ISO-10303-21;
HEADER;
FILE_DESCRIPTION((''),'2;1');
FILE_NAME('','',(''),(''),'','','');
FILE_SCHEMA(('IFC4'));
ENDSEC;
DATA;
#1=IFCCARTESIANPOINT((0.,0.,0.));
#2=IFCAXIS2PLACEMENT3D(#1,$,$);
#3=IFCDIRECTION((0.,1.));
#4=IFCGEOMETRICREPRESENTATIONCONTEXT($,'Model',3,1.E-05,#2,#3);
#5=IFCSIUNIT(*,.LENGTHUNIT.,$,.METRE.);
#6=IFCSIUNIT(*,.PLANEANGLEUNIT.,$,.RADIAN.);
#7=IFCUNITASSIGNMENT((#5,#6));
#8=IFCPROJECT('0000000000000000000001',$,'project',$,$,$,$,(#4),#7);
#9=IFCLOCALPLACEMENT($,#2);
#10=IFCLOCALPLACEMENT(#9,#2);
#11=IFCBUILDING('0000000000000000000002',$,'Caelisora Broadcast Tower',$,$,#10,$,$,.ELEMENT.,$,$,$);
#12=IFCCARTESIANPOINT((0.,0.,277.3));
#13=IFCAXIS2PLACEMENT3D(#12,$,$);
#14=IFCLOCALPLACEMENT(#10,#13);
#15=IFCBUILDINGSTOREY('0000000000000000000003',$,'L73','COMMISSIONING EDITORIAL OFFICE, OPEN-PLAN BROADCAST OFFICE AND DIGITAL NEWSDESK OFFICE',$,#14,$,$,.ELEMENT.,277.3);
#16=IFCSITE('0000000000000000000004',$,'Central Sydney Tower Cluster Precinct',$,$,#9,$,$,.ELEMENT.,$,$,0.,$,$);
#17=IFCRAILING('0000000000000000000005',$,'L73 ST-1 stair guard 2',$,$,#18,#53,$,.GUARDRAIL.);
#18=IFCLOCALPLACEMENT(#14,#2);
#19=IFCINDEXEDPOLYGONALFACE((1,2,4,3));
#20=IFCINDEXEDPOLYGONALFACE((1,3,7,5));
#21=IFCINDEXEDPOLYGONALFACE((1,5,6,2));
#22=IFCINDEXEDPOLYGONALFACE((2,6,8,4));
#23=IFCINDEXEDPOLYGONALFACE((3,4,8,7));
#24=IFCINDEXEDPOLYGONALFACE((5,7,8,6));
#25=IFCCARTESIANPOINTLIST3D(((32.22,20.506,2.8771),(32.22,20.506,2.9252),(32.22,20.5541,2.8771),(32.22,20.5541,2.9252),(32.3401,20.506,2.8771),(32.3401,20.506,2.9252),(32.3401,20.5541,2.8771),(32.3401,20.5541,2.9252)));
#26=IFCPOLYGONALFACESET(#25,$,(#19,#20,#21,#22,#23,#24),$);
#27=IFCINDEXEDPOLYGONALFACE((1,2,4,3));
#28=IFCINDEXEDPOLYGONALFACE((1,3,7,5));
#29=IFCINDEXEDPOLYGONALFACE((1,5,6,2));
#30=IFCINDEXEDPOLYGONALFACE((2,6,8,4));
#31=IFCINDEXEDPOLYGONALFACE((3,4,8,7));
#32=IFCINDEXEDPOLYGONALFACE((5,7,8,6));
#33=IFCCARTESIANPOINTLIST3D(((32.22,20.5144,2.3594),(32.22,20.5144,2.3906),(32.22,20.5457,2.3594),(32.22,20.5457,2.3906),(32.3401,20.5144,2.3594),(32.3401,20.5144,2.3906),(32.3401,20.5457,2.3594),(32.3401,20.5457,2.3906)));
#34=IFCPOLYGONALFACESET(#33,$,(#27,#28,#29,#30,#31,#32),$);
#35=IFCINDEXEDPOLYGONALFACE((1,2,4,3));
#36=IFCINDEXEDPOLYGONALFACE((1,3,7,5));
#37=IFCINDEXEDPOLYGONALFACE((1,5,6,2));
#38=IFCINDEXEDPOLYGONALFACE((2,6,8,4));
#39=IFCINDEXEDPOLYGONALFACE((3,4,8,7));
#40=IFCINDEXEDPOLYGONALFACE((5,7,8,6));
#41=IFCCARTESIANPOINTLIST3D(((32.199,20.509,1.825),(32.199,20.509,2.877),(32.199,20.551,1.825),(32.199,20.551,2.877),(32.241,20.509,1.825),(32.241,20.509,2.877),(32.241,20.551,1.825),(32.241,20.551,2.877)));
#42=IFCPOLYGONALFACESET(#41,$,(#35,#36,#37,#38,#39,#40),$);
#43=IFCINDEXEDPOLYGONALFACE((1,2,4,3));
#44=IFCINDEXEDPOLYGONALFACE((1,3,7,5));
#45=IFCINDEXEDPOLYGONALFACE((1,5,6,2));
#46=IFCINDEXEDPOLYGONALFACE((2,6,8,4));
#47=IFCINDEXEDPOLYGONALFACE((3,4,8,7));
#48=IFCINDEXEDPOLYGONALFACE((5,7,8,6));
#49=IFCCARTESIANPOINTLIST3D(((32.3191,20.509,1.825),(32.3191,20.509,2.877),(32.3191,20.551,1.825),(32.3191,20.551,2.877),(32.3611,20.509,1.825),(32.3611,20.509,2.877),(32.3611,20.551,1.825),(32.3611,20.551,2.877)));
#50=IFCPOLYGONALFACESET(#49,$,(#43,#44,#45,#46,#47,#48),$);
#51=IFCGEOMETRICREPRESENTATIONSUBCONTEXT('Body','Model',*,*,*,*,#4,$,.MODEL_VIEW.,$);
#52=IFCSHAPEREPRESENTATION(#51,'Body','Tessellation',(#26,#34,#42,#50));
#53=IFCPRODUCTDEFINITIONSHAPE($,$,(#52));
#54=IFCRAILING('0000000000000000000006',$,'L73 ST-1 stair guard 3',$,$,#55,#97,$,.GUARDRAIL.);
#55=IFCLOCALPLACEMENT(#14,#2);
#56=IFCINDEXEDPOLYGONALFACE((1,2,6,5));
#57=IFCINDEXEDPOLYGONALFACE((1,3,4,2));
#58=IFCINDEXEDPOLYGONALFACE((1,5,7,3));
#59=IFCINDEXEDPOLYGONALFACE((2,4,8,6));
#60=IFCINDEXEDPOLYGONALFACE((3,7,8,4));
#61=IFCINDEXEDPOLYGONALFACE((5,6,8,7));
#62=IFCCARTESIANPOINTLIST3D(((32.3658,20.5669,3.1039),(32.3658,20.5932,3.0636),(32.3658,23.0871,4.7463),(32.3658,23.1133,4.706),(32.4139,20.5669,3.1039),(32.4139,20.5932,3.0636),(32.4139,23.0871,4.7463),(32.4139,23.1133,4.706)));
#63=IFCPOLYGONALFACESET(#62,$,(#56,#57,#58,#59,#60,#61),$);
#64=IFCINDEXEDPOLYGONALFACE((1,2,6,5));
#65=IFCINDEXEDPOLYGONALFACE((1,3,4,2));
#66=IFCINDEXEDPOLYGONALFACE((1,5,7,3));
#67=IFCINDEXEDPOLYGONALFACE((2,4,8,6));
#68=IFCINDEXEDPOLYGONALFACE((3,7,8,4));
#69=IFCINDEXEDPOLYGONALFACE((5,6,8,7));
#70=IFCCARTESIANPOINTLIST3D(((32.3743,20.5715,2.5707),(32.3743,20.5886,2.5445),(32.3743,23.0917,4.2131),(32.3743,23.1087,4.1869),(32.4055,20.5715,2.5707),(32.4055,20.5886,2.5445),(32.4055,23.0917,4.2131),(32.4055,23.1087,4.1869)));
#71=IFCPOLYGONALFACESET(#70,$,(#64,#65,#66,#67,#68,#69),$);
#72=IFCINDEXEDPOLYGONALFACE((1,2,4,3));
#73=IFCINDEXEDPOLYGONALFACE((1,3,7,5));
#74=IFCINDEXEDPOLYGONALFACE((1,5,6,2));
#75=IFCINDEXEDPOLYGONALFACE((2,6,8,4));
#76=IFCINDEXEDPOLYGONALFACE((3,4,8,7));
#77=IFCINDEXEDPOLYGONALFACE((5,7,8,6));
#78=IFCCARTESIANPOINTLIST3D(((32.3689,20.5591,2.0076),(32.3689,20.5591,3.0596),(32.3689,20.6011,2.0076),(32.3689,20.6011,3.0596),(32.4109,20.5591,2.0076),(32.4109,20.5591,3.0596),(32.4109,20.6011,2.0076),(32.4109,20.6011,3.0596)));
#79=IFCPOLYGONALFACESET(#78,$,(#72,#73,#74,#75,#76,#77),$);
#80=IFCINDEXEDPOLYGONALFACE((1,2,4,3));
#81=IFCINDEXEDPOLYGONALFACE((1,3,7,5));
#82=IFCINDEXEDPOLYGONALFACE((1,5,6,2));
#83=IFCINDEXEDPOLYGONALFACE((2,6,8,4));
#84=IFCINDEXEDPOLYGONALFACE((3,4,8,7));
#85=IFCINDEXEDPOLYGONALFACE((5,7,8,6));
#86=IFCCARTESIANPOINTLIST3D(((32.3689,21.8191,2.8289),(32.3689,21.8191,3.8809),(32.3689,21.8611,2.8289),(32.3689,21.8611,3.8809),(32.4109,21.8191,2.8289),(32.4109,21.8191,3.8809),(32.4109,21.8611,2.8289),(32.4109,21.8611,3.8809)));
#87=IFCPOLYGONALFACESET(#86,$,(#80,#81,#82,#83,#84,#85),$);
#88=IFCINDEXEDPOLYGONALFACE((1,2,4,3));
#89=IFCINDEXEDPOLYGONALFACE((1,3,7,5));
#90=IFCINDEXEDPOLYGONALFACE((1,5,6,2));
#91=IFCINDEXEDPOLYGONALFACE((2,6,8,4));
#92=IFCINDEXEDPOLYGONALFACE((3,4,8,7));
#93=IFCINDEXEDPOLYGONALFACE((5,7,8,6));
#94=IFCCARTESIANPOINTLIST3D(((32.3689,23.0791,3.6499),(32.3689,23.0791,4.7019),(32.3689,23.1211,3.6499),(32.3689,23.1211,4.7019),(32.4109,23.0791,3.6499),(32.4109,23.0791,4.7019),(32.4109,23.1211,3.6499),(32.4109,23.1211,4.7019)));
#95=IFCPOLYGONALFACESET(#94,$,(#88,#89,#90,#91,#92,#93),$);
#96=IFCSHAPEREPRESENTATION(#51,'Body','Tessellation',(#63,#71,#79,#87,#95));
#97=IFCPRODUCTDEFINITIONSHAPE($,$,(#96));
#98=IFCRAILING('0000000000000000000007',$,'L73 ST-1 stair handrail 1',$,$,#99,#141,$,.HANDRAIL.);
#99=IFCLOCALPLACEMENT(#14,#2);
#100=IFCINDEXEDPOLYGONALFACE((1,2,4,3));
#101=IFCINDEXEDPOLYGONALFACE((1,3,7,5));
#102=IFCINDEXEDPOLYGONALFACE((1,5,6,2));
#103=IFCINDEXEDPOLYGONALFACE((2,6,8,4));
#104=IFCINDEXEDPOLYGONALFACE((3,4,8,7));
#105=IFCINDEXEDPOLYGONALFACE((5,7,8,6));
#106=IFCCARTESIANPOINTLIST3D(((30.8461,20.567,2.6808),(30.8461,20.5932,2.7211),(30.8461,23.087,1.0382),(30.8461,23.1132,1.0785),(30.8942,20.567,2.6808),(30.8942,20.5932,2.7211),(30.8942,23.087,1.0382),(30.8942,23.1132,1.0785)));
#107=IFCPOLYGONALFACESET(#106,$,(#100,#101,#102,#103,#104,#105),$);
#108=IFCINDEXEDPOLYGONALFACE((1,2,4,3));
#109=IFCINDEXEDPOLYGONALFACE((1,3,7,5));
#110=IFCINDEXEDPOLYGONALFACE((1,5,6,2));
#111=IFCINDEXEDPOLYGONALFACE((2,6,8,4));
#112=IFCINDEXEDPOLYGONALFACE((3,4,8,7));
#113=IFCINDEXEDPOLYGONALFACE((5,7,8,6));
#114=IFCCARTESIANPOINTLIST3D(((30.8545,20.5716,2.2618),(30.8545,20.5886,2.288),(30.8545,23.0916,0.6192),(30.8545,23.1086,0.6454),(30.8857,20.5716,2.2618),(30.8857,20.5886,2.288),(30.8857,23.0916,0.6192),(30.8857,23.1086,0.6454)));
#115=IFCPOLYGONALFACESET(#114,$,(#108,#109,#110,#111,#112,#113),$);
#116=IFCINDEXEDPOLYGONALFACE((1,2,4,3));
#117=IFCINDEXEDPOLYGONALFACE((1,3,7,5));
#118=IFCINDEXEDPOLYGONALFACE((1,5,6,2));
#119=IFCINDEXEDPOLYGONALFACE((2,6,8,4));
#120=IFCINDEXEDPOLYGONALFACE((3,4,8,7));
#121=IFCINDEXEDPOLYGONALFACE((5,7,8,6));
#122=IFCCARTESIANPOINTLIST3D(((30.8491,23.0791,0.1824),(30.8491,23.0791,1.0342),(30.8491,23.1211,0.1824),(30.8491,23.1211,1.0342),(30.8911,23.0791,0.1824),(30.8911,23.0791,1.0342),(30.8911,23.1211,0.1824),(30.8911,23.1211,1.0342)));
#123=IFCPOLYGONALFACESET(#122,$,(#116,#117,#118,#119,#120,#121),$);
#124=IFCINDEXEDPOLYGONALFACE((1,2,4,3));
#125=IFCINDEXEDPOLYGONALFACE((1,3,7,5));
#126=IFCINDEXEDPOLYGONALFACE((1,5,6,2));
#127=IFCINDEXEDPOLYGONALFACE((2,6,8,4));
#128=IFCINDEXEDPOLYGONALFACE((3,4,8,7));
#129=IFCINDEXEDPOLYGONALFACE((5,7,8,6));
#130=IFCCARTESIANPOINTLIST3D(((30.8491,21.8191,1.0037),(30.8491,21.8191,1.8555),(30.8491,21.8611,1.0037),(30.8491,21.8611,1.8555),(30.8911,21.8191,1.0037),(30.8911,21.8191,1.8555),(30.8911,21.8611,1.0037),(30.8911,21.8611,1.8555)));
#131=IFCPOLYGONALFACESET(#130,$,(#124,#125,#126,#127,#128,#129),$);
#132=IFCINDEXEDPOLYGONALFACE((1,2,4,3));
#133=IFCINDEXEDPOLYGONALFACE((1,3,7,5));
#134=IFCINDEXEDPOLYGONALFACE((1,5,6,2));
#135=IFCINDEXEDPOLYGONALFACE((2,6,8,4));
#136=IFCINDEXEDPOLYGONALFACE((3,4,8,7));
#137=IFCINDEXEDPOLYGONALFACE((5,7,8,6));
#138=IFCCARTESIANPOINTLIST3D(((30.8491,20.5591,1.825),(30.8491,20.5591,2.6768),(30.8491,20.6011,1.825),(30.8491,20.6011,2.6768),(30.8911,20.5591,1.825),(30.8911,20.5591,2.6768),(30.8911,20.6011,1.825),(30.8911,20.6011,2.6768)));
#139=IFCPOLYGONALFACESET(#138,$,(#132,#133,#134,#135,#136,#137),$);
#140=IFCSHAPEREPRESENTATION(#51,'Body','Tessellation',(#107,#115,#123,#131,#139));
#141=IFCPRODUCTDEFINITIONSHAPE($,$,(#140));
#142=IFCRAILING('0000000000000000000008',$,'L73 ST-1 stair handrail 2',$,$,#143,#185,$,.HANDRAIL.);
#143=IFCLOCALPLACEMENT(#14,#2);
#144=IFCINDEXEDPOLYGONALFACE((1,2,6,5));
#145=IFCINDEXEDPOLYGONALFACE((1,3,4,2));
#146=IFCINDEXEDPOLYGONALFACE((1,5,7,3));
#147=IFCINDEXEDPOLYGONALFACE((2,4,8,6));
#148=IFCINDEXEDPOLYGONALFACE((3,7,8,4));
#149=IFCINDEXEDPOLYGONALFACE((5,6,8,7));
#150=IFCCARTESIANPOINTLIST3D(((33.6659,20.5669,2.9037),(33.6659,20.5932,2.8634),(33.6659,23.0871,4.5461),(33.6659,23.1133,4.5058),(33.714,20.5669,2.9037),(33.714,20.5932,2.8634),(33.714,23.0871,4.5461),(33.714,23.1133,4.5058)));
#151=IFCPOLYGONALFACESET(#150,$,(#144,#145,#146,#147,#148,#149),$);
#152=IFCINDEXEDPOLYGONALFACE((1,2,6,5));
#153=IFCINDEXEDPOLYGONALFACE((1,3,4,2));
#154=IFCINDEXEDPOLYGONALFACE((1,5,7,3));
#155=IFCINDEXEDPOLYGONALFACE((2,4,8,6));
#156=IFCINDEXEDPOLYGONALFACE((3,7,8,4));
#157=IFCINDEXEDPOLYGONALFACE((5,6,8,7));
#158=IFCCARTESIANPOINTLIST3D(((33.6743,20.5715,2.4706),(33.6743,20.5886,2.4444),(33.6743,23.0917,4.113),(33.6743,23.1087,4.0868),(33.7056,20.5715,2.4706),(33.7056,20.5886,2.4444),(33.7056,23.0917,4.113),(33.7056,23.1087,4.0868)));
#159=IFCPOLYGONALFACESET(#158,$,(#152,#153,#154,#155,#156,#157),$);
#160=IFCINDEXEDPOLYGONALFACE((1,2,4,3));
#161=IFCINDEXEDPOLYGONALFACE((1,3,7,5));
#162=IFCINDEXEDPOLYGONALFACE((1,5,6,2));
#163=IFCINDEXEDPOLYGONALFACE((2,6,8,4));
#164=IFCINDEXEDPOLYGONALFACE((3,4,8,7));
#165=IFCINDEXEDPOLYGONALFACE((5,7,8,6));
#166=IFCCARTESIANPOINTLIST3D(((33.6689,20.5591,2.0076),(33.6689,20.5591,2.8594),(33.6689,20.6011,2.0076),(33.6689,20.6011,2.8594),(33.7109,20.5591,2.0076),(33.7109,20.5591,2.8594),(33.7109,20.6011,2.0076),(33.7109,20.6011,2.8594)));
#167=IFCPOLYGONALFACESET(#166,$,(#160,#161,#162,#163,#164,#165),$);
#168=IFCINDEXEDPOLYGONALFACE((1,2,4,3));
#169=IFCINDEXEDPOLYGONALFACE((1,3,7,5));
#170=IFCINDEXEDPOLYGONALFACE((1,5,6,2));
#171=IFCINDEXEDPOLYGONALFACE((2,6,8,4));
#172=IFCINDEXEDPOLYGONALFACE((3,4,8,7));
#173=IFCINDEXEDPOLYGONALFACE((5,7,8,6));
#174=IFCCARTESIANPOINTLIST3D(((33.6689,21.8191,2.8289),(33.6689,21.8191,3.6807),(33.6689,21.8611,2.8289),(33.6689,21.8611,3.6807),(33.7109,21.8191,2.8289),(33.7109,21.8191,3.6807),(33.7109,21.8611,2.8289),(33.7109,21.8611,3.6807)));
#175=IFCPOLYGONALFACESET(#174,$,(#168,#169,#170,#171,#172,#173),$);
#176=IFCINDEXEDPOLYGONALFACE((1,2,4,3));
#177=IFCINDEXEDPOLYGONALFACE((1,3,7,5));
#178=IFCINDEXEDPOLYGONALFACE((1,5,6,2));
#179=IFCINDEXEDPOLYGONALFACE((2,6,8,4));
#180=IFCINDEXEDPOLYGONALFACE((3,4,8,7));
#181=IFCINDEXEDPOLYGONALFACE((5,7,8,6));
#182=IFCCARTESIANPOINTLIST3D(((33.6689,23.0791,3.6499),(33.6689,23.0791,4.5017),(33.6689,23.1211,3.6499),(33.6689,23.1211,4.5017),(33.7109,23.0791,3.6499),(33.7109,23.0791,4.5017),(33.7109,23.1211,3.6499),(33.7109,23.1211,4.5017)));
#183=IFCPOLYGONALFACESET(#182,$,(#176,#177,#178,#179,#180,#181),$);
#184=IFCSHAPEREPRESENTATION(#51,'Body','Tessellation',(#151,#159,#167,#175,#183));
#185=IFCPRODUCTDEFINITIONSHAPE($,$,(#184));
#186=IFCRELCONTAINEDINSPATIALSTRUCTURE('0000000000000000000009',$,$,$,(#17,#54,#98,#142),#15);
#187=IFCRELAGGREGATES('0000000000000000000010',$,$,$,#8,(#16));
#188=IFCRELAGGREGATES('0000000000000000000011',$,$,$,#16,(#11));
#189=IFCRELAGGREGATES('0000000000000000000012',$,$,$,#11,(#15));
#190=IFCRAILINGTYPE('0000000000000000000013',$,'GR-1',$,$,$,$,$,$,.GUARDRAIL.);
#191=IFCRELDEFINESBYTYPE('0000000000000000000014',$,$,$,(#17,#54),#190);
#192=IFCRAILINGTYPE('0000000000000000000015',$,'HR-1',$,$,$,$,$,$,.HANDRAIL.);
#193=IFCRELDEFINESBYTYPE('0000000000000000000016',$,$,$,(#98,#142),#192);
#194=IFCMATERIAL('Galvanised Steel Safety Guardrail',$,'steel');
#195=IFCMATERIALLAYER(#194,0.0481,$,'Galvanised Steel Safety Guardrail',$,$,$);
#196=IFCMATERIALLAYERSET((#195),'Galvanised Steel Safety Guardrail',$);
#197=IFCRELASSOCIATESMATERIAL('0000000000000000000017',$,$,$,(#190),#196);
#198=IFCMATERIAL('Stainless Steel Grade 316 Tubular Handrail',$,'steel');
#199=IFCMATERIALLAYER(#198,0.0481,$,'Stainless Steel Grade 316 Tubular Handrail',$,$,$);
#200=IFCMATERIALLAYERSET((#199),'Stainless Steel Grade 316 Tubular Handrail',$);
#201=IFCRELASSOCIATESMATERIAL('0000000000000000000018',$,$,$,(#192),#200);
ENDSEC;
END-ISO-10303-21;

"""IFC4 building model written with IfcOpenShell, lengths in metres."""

from ifc_helpers import new_model, si_unit, direction, frame, origin, origin_2d, place, context, subcontext, project, spatial, rectangle, extrude, material, layer, layer_set, type_object, element, save


model = new_model("IFC4")

# Units and contexts
model_context = context("Model", 3, precision=1e-05, world=origin(), true_north=direction((0.0, 1.0)))
body_context = subcontext(model_context, "Body", "Model", "MODEL_VIEW")
ifc_project = project(units=[si_unit("LENGTHUNIT", "METRE"), si_unit("PLANEANGLEUNIT", "RADIAN")], contexts=[model_context])

# Site, building, storey
site_placement = place(None, origin())
site = spatial("IfcSite", under=ifc_project, at=site_placement, Name="Central Sydney Tower Cluster Precinct", CompositionType="ELEMENT", RefElevation=0.0)
building_placement = place(site_placement, origin())
building = spatial("IfcBuilding", under=site, at=building_placement, Name="Caelisora Broadcast Tower", CompositionType="ELEMENT")
storey_placement = place(building_placement, frame((0.0, 0.0, 277.3)))
storey = spatial("IfcBuildingStorey", under=building, at=storey_placement, Name="L73", Description="COMMISSIONING EDITORIAL OFFICE, OPEN-PLAN BROADCAST OFFICE AND DIGITAL NEWSDESK OFFICE", CompositionType="ELEMENT", Elevation=277.3)

# Railings
ifc_material_1 = material(Name="Galvanised Steel Safety Guardrail", Category="steel")
ifc_layer_1 = layer(ifc_material_1, 0.0481, Name="Galvanised Steel Safety Guardrail")
ifc_layer_set_1 = layer_set([ifc_layer_1], Name="Galvanised Steel Safety Guardrail")
railing_type_1 = type_object("IfcRailingType", Name="GR-1", PredefinedType="GUARDRAIL", material=ifc_layer_set_1)
railing_1_placement = place(storey_placement, frame((32.22, 20.53, 1.825)))
element("IfcRailing", 1, at=railing_1_placement, inside=storey, type_object=railing_type_1, Name="L73 ST-1 stair guard 2", PredefinedType="GUARDRAIL", context=body_context, shape_type="SweptSolid", body=[
    extrude(rectangle(XDim=0.0481, YDim=0.0481, at=origin_2d()), frame((0.0, 0.0, 1.0762), z_axis=(1.0, 0.0, 0.0), x_axis=(0.0, 1.0, 0.0)), (0.0, 0.0, 1.0), 0.1201),
    extrude(rectangle(XDim=0.0312, YDim=0.0312, at=origin_2d()), frame((0.0, 0.0, 0.55), z_axis=(1.0, 0.0, 0.0), x_axis=(0.0, 1.0, 0.0)), (0.0, 0.0, 1.0), 0.1201),
    extrude(rectangle(XDim=0.042, YDim=0.042, at=origin_2d()), origin(), (0.0, 0.0, 1.0), 1.052),
    extrude(rectangle(XDim=0.042, YDim=0.042, at=origin_2d()), frame((0.1201, 0.0, 0.0)), (0.0, 0.0, 1.0), 1.052),
])
railing_2_placement = place(storey_placement, frame((32.3899, 20.5801, 2.0076)))
element("IfcRailing", 2, at=railing_2_placement, inside=storey, type_object=railing_type_1, Name="L73 ST-1 stair guard 3", PredefinedType="GUARDRAIL", context=body_context, shape_type="SweptSolid", body=[
    extrude(rectangle(XDim=0.0481, YDim=0.0481, at=origin_2d()), frame((0.0, 0.0, 1.0762), z_axis=(0.0, 0.837787, 0.545998), x_axis=(-1.0, 0.0, 0.0)), (0.0, 0.0, 1.0), 3.0081),
    extrude(rectangle(XDim=0.0312, YDim=0.0312, at=origin_2d()), frame((0.0, 0.0, 0.55), z_axis=(0.0, 0.837787, 0.545998), x_axis=(-1.0, 0.0, 0.0)), (0.0, 0.0, 1.0), 3.0081),
    extrude(rectangle(XDim=0.042, YDim=0.042, at=origin_2d()), origin(), (0.0, 0.0, 1.0), 1.052),
    extrude(rectangle(XDim=0.042, YDim=0.042, at=origin_2d()), frame((0.0, 1.26, 0.8213)), (0.0, 0.0, 1.0), 1.052),
    extrude(rectangle(XDim=0.042, YDim=0.042, at=origin_2d()), frame((0.0, 2.52, 1.6423)), (0.0, 0.0, 1.0), 1.052),
])
ifc_material_2 = material(Name="Stainless Steel Grade 316 Tubular Handrail", Category="steel")
ifc_layer_2 = layer(ifc_material_2, 0.0481, Name="Stainless Steel Grade 316 Tubular Handrail")
ifc_layer_set_2 = layer_set([ifc_layer_2], Name="Stainless Steel Grade 316 Tubular Handrail")
railing_type_2 = type_object("IfcRailingType", Name="HR-1", PredefinedType="HANDRAIL", material=ifc_layer_set_2)
railing_3_placement = place(storey_placement, frame((30.8701, 23.1001, 0.1824)))
element("IfcRailing", 3, at=railing_3_placement, inside=storey, type_object=railing_type_2, Name="L73 ST-1 stair handrail 1", PredefinedType="HANDRAIL", context=body_context, shape_type="SweptSolid", body=[
    extrude(rectangle(XDim=0.0481, YDim=0.0481, at=origin_2d()), frame((0.0, 0.0, 0.876), z_axis=(0.0, -0.837749, 0.546055), x_axis=(1.0, 0.0, 0.0)), (0.0, 0.0, 1.0), 3.0081),
    extrude(rectangle(XDim=0.0312, YDim=0.0312, at=origin_2d()), frame((0.0, 0.0, 0.45), z_axis=(0.0, -0.837749, 0.546055), x_axis=(1.0, 0.0, 0.0)), (0.0, 0.0, 1.0), 3.0081),
    extrude(rectangle(XDim=0.042, YDim=0.042, at=origin_2d()), origin(), (0.0, 0.0, 1.0), 0.8518),
    extrude(rectangle(XDim=0.042, YDim=0.042, at=origin_2d()), frame((0.0, -1.26, 0.8213)), (0.0, 0.0, 1.0), 0.8518),
    extrude(rectangle(XDim=0.042, YDim=0.042, at=origin_2d()), frame((0.0, -2.52, 1.6426)), (0.0, 0.0, 1.0), 0.8518),
])
railing_4_placement = place(storey_placement, frame((33.6899, 20.5801, 2.0076)))
element("IfcRailing", 4, at=railing_4_placement, inside=storey, type_object=railing_type_2, Name="L73 ST-1 stair handrail 2", PredefinedType="HANDRAIL", context=body_context, shape_type="SweptSolid", body=[
    extrude(rectangle(XDim=0.0481, YDim=0.0481, at=origin_2d()), frame((0.0, 0.0, 0.876), z_axis=(0.0, 0.837787, 0.545998), x_axis=(-1.0, 0.0, 0.0)), (0.0, 0.0, 1.0), 3.0081),
    extrude(rectangle(XDim=0.0312, YDim=0.0312, at=origin_2d()), frame((0.0, 0.0, 0.45), z_axis=(0.0, 0.837787, 0.545998), x_axis=(-1.0, 0.0, 0.0)), (0.0, 0.0, 1.0), 3.0081),
    extrude(rectangle(XDim=0.042, YDim=0.042, at=origin_2d()), origin(), (0.0, 0.0, 1.0), 0.8518),
    extrude(rectangle(XDim=0.042, YDim=0.042, at=origin_2d()), frame((0.0, 1.26, 0.8213)), (0.0, 0.0, 1.0), 0.8518),
    extrude(rectangle(XDim=0.042, YDim=0.042, at=origin_2d()), frame((0.0, 2.52, 1.6423)), (0.0, 0.0, 1.0), 0.8518),
])

save(model, "model.ifc")
